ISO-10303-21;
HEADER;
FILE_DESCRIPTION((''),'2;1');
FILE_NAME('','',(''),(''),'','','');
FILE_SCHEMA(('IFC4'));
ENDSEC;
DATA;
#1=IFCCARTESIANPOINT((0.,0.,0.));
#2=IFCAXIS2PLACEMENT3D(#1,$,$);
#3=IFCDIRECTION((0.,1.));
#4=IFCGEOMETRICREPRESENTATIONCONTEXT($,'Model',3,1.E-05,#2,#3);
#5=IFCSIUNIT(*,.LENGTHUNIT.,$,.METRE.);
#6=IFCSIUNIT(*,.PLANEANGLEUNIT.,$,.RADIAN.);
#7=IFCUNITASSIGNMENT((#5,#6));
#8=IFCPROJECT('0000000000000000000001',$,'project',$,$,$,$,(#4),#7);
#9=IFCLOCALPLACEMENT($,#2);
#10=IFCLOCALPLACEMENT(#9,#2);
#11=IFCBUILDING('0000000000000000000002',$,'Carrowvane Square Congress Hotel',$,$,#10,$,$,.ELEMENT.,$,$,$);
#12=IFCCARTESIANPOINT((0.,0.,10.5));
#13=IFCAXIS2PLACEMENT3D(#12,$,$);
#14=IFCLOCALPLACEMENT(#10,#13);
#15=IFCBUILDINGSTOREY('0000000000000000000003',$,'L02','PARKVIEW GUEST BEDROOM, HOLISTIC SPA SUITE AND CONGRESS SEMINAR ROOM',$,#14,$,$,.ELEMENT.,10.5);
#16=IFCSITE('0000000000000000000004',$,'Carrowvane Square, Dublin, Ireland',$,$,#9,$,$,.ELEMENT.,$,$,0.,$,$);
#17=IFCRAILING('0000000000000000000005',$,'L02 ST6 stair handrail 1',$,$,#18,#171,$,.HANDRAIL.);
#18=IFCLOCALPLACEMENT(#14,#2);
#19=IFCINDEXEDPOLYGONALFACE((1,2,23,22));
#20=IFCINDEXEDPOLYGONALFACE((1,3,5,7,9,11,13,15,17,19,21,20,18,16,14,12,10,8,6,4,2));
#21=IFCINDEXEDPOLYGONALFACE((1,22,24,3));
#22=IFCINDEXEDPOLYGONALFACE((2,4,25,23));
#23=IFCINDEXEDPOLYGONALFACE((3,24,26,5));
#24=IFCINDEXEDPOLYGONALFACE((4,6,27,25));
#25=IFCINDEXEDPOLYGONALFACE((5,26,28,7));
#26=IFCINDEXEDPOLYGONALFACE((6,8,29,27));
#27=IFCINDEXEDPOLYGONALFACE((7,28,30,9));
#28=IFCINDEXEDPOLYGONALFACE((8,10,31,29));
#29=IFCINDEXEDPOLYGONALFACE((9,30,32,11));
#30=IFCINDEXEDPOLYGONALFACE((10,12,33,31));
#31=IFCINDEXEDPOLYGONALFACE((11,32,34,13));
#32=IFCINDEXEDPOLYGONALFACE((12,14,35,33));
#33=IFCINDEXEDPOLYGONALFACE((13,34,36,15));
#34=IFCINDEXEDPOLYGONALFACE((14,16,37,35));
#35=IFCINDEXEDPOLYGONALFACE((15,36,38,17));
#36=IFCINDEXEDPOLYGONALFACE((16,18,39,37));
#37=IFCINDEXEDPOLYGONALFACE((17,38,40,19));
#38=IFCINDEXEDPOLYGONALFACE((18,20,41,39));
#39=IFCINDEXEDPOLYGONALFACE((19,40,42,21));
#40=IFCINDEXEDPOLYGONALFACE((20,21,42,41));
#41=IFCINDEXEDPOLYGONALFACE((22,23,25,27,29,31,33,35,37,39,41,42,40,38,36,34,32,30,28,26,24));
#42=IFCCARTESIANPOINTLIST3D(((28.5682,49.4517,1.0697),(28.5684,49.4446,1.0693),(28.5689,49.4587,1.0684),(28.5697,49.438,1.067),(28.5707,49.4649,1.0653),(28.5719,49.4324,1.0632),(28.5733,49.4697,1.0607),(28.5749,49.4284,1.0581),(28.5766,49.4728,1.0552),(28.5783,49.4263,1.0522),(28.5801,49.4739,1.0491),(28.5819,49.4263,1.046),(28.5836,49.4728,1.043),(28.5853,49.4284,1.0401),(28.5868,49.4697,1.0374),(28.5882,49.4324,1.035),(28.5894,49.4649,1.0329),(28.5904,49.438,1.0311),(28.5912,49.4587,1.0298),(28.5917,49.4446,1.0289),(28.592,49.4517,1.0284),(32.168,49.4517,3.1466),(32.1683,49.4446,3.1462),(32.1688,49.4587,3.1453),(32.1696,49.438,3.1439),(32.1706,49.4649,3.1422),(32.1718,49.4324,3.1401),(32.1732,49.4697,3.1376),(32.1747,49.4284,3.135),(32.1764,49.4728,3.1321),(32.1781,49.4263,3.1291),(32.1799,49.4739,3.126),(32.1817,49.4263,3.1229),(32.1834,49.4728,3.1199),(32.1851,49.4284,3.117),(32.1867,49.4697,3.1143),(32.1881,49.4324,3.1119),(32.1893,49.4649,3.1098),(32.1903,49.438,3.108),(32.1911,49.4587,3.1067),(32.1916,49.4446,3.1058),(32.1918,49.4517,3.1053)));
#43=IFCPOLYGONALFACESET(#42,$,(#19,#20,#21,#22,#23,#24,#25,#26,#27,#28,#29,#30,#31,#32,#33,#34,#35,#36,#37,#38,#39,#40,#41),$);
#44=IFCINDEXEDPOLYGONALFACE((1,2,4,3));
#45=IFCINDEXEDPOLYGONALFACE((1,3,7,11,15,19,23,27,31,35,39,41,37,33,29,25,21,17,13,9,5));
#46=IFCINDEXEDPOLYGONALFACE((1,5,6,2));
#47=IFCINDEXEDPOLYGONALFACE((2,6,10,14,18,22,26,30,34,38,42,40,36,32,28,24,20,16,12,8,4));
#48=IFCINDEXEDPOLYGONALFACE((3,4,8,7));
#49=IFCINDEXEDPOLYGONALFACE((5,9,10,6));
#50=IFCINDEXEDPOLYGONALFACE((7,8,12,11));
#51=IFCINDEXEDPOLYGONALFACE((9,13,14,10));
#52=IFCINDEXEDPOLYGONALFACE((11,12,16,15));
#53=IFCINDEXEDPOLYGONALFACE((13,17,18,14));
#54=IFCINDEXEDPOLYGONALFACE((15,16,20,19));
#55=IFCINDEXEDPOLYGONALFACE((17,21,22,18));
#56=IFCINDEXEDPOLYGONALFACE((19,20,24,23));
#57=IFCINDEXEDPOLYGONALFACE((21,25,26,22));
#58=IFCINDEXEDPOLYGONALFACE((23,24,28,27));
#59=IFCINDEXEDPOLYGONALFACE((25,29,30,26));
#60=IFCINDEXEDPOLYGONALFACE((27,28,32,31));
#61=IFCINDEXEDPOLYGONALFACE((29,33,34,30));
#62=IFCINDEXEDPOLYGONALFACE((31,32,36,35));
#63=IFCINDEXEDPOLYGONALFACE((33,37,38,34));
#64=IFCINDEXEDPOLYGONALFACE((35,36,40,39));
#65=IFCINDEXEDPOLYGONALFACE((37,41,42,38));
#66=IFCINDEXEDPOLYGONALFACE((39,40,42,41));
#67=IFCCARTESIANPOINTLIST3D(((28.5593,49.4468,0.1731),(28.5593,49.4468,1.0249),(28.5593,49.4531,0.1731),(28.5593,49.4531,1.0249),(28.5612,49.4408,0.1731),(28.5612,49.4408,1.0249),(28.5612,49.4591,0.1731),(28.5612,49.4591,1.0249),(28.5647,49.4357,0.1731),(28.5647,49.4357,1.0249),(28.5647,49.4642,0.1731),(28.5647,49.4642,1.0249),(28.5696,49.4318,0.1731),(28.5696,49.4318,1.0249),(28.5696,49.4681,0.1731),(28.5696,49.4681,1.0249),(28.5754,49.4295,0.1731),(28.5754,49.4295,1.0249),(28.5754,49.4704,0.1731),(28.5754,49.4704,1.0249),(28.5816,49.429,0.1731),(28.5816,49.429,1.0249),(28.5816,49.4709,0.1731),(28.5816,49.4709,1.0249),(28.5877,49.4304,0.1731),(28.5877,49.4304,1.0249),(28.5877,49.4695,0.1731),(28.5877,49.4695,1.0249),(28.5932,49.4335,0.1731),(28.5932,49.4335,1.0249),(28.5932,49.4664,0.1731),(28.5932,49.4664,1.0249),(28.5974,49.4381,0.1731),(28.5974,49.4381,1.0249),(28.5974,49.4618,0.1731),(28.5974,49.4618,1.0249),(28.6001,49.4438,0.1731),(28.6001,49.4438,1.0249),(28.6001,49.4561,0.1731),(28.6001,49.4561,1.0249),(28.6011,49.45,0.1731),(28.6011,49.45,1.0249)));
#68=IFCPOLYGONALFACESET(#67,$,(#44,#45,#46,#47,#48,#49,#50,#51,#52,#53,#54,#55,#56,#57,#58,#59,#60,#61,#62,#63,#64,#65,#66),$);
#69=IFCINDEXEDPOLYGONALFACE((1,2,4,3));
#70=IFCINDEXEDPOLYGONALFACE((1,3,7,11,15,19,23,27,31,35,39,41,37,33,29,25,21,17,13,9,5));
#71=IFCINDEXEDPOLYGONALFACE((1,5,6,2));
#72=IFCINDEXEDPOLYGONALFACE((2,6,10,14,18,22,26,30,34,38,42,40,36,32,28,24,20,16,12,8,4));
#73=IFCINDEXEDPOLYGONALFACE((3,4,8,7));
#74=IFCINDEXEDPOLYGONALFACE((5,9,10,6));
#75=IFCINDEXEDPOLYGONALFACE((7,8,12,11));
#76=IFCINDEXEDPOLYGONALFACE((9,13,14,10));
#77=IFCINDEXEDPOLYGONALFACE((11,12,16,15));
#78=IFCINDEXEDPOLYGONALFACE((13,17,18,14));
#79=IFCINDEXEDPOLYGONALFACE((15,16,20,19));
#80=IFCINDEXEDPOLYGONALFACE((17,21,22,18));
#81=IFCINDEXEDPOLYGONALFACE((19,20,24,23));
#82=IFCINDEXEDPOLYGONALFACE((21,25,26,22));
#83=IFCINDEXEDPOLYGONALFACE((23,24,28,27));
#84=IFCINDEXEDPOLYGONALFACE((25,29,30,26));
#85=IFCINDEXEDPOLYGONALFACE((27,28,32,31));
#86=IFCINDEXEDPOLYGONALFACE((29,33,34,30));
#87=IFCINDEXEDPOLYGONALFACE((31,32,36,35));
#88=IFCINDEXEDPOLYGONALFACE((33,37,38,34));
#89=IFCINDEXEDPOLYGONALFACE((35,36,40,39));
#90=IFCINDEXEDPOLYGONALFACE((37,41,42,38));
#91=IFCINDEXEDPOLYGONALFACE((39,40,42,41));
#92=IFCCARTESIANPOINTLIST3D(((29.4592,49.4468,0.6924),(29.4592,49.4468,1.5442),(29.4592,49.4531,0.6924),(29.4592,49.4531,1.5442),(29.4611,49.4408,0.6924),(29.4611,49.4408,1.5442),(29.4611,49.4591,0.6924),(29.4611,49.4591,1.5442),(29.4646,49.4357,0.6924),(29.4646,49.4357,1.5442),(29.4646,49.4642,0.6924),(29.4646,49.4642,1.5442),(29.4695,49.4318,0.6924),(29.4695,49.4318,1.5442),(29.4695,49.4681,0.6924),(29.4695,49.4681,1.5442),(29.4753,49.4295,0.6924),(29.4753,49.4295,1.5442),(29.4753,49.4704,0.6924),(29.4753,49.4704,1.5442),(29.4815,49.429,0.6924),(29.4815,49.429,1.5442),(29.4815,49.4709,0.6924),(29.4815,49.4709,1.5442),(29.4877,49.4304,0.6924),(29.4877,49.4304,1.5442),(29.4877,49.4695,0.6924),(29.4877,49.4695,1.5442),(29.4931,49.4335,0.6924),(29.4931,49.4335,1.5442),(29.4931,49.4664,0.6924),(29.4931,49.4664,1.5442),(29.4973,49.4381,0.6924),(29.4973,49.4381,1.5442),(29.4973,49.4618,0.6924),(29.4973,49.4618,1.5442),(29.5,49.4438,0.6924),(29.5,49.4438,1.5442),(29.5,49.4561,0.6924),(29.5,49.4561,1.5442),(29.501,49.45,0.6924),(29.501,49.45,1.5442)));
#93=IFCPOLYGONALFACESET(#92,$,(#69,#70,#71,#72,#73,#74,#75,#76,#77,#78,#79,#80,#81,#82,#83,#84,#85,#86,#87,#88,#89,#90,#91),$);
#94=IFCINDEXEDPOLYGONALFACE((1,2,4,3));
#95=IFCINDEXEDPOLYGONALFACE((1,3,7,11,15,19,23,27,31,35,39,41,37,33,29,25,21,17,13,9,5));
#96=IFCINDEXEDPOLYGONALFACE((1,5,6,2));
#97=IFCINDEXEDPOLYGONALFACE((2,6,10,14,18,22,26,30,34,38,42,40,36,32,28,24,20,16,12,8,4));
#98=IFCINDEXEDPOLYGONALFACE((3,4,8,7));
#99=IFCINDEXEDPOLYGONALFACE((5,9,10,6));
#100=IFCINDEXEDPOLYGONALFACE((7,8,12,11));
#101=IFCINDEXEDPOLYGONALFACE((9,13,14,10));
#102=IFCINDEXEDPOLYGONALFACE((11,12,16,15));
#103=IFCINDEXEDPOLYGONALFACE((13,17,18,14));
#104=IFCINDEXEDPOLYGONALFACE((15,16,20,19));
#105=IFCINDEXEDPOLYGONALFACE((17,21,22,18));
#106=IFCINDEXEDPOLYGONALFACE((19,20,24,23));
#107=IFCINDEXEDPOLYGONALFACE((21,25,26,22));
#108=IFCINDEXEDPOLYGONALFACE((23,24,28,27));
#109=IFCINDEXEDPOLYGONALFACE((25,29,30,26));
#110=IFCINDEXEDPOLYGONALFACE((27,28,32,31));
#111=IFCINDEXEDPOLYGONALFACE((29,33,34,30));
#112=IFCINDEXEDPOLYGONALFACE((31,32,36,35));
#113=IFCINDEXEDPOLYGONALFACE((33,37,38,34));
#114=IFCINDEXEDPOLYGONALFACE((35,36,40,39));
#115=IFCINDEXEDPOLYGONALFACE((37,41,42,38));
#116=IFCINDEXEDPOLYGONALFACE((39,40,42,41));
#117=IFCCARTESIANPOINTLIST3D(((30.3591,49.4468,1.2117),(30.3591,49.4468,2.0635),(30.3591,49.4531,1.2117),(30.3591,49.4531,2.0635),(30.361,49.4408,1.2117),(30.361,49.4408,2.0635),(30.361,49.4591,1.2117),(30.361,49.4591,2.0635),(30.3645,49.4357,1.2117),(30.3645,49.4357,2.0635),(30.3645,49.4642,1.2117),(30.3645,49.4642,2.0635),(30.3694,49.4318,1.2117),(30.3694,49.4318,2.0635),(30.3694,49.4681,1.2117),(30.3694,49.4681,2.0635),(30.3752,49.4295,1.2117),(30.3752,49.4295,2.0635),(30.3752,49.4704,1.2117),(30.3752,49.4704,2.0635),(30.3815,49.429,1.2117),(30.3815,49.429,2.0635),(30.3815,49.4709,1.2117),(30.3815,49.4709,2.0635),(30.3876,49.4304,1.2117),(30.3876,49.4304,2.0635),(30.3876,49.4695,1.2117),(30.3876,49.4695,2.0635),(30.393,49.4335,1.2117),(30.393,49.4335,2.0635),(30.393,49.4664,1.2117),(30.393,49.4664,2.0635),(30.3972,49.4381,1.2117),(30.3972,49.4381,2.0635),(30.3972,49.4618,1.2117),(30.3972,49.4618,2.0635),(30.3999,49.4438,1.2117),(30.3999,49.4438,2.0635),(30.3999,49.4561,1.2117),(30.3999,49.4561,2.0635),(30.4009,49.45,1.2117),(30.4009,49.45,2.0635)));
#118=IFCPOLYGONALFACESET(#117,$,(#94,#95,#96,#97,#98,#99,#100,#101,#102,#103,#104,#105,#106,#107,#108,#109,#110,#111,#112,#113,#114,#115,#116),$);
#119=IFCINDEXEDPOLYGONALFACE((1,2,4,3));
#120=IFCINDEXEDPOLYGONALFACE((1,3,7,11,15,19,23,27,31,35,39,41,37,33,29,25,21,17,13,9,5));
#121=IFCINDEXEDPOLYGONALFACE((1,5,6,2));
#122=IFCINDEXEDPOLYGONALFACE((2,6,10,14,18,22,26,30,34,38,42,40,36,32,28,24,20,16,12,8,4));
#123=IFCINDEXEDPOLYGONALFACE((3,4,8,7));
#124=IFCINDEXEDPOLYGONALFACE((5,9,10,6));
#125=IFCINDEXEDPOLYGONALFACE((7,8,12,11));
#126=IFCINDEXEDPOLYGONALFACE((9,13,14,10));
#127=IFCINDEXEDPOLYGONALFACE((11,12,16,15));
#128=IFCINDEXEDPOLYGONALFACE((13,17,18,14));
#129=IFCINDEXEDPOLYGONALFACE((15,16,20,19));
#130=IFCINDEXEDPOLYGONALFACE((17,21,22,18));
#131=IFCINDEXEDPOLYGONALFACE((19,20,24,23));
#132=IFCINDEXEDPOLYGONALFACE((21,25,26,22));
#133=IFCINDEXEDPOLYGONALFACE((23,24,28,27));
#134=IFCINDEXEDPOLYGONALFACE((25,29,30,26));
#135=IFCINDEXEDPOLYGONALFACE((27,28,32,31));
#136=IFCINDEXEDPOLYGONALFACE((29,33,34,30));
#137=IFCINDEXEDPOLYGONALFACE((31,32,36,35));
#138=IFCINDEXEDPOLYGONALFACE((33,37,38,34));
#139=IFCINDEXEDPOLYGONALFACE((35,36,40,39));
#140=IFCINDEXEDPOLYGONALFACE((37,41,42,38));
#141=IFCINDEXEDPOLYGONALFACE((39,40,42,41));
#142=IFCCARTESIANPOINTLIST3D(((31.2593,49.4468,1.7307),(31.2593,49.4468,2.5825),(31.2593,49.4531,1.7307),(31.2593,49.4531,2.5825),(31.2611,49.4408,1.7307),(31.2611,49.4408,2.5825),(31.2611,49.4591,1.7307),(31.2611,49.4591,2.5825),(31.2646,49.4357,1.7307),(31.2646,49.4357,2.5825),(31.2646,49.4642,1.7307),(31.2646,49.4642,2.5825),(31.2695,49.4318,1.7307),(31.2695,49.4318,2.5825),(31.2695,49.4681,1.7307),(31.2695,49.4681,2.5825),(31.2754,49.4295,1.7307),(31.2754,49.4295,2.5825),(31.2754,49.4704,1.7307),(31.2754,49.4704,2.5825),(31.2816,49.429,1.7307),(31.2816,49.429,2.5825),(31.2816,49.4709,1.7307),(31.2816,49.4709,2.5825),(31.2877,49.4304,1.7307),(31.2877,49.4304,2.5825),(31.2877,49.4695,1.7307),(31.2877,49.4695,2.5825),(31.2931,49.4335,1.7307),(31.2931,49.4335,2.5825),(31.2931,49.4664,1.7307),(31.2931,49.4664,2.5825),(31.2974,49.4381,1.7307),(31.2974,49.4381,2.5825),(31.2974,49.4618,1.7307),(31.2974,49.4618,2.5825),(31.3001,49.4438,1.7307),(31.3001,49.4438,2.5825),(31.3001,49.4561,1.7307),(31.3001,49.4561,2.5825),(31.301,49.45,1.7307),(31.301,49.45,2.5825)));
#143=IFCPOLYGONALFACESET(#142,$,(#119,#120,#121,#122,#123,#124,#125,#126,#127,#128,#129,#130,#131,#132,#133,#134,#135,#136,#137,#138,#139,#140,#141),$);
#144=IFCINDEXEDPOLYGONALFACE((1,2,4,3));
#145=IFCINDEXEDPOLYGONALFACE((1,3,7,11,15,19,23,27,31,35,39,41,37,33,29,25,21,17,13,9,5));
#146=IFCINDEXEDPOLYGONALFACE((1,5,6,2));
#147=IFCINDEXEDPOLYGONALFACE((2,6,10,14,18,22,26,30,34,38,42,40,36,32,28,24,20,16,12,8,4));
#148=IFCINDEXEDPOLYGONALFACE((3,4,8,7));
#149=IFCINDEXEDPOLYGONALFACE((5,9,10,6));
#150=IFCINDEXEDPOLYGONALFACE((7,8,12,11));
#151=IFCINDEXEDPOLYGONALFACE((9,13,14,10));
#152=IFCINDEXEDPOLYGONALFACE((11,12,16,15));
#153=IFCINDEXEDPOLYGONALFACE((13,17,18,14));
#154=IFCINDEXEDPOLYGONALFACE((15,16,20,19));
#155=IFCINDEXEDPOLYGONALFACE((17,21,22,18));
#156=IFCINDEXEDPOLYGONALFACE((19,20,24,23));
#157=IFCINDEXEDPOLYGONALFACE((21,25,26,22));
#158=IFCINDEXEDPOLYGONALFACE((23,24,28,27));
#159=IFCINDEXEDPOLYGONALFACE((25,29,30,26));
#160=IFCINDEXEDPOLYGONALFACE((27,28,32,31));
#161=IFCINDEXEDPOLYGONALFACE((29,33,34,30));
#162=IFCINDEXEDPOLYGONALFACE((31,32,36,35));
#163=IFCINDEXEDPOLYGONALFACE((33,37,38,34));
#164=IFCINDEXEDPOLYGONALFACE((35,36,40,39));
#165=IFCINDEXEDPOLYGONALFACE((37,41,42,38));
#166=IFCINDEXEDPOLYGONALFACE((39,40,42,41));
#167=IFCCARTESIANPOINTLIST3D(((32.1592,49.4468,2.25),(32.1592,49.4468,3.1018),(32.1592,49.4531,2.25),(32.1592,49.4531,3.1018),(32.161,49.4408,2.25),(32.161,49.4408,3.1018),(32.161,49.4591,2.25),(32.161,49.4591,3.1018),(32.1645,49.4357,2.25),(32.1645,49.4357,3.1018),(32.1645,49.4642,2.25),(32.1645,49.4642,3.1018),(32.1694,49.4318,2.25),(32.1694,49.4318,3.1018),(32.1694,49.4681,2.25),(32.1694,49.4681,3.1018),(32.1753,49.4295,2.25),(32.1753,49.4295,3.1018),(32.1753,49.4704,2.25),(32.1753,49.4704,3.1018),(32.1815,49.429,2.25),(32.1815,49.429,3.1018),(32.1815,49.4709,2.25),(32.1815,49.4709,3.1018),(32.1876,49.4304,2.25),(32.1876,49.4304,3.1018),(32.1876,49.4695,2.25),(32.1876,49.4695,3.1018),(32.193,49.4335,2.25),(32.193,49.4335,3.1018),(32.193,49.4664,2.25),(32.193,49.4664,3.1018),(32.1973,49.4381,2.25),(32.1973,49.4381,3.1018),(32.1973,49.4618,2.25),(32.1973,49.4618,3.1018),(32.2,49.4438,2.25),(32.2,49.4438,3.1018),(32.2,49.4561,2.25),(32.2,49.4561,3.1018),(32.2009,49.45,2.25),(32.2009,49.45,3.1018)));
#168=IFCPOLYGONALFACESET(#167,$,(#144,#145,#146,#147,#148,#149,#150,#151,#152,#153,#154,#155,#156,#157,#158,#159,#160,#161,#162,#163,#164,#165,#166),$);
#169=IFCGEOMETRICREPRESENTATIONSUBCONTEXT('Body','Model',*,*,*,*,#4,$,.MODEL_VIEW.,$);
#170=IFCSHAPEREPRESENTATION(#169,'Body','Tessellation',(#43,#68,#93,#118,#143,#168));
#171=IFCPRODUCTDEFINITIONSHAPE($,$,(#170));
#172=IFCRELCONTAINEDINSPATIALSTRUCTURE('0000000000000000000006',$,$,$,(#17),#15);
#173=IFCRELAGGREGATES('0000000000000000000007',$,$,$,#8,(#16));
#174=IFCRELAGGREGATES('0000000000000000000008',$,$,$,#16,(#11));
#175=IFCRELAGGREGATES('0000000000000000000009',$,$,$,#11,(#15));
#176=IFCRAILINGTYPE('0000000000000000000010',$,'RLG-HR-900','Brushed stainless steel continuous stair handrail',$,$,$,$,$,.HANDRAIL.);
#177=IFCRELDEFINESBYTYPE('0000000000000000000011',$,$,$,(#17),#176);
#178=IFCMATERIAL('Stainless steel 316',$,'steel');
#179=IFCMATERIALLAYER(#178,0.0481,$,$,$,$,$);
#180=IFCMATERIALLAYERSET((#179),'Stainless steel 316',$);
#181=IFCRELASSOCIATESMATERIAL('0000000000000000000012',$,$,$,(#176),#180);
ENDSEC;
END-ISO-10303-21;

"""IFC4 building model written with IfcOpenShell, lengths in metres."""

from ifc_helpers import new_model, si_unit, direction, frame, origin, origin_2d, place, context, subcontext, project, spatial, circle, extrude, material, layer, layer_set, type_object, element, save


model = new_model("IFC4")

# Units and contexts
model_context = context("Model", 3, precision=1e-05, world=origin(), true_north=direction((0.0, 1.0)))
body_context = subcontext(model_context, "Body", "Model", "MODEL_VIEW")
ifc_project = project(units=[si_unit("LENGTHUNIT", "METRE"), si_unit("PLANEANGLEUNIT", "RADIAN")], contexts=[model_context])

# Site, building, storey
site_placement = place(None, origin())
site = spatial("IfcSite", under=ifc_project, at=site_placement, Name="Carrowvane Square, Dublin, Ireland", CompositionType="ELEMENT", RefElevation=0.0)
building_placement = place(site_placement, origin())
building = spatial("IfcBuilding", under=site, at=building_placement, Name="Carrowvane Square Congress Hotel", CompositionType="ELEMENT")
storey_placement = place(building_placement, frame((0.0, 0.0, 10.5)))
storey = spatial("IfcBuildingStorey", under=building, at=storey_placement, Name="L02", Description="PARKVIEW GUEST BEDROOM, HOLISTIC SPA SUITE AND CONGRESS SEMINAR ROOM", CompositionType="ELEMENT", Elevation=10.5)

# Railing
ifc_material_1 = material(Name="Stainless steel 316", Category="steel")
ifc_layer_1 = layer(ifc_material_1, 0.0481)
ifc_layer_set_1 = layer_set([ifc_layer_1], Name="Stainless steel 316")
railing_type_1 = type_object("IfcRailingType", Name="RLG-HR-900", Description="Brushed stainless steel continuous stair handrail", PredefinedType="HANDRAIL", material=ifc_layer_set_1)
railing_1_placement = place(storey_placement, frame((28.5801, 49.45, 0.1731)))
element("IfcRailing", 1, at=railing_1_placement, inside=storey, type_object=railing_type_1, Name="L02 ST6 stair handrail 1", PredefinedType="HANDRAIL", context=body_context, shape_type="SweptSolid", body=[
    extrude(circle(Radius=0.0239, at=origin_2d()), frame((0.0, 0.0, 0.876), z_axis=(0.866179, 0.0, 0.499734), x_axis=(0.0, 1.0, 0.0)), (0.0, 0.0, 1.0), 4.156),
    extrude(circle(Radius=0.021, at=origin_2d()), origin(), (0.0, 0.0, 1.0), 0.8518),
    extrude(circle(Radius=0.021, at=origin_2d()), frame((0.8999, 0.0, 0.5193)), (0.0, 0.0, 1.0), 0.8518),
    extrude(circle(Radius=0.021, at=origin_2d()), frame((1.7998, 0.0, 1.0386)), (0.0, 0.0, 1.0), 0.8518),
    extrude(circle(Radius=0.021, at=origin_2d()), frame((2.7, 0.0, 1.5576)), (0.0, 0.0, 1.0), 0.8518),
    extrude(circle(Radius=0.021, at=origin_2d()), frame((3.5999, 0.0, 2.0769)), (0.0, 0.0, 1.0), 0.8518),
])

save(model, "model.ifc")
